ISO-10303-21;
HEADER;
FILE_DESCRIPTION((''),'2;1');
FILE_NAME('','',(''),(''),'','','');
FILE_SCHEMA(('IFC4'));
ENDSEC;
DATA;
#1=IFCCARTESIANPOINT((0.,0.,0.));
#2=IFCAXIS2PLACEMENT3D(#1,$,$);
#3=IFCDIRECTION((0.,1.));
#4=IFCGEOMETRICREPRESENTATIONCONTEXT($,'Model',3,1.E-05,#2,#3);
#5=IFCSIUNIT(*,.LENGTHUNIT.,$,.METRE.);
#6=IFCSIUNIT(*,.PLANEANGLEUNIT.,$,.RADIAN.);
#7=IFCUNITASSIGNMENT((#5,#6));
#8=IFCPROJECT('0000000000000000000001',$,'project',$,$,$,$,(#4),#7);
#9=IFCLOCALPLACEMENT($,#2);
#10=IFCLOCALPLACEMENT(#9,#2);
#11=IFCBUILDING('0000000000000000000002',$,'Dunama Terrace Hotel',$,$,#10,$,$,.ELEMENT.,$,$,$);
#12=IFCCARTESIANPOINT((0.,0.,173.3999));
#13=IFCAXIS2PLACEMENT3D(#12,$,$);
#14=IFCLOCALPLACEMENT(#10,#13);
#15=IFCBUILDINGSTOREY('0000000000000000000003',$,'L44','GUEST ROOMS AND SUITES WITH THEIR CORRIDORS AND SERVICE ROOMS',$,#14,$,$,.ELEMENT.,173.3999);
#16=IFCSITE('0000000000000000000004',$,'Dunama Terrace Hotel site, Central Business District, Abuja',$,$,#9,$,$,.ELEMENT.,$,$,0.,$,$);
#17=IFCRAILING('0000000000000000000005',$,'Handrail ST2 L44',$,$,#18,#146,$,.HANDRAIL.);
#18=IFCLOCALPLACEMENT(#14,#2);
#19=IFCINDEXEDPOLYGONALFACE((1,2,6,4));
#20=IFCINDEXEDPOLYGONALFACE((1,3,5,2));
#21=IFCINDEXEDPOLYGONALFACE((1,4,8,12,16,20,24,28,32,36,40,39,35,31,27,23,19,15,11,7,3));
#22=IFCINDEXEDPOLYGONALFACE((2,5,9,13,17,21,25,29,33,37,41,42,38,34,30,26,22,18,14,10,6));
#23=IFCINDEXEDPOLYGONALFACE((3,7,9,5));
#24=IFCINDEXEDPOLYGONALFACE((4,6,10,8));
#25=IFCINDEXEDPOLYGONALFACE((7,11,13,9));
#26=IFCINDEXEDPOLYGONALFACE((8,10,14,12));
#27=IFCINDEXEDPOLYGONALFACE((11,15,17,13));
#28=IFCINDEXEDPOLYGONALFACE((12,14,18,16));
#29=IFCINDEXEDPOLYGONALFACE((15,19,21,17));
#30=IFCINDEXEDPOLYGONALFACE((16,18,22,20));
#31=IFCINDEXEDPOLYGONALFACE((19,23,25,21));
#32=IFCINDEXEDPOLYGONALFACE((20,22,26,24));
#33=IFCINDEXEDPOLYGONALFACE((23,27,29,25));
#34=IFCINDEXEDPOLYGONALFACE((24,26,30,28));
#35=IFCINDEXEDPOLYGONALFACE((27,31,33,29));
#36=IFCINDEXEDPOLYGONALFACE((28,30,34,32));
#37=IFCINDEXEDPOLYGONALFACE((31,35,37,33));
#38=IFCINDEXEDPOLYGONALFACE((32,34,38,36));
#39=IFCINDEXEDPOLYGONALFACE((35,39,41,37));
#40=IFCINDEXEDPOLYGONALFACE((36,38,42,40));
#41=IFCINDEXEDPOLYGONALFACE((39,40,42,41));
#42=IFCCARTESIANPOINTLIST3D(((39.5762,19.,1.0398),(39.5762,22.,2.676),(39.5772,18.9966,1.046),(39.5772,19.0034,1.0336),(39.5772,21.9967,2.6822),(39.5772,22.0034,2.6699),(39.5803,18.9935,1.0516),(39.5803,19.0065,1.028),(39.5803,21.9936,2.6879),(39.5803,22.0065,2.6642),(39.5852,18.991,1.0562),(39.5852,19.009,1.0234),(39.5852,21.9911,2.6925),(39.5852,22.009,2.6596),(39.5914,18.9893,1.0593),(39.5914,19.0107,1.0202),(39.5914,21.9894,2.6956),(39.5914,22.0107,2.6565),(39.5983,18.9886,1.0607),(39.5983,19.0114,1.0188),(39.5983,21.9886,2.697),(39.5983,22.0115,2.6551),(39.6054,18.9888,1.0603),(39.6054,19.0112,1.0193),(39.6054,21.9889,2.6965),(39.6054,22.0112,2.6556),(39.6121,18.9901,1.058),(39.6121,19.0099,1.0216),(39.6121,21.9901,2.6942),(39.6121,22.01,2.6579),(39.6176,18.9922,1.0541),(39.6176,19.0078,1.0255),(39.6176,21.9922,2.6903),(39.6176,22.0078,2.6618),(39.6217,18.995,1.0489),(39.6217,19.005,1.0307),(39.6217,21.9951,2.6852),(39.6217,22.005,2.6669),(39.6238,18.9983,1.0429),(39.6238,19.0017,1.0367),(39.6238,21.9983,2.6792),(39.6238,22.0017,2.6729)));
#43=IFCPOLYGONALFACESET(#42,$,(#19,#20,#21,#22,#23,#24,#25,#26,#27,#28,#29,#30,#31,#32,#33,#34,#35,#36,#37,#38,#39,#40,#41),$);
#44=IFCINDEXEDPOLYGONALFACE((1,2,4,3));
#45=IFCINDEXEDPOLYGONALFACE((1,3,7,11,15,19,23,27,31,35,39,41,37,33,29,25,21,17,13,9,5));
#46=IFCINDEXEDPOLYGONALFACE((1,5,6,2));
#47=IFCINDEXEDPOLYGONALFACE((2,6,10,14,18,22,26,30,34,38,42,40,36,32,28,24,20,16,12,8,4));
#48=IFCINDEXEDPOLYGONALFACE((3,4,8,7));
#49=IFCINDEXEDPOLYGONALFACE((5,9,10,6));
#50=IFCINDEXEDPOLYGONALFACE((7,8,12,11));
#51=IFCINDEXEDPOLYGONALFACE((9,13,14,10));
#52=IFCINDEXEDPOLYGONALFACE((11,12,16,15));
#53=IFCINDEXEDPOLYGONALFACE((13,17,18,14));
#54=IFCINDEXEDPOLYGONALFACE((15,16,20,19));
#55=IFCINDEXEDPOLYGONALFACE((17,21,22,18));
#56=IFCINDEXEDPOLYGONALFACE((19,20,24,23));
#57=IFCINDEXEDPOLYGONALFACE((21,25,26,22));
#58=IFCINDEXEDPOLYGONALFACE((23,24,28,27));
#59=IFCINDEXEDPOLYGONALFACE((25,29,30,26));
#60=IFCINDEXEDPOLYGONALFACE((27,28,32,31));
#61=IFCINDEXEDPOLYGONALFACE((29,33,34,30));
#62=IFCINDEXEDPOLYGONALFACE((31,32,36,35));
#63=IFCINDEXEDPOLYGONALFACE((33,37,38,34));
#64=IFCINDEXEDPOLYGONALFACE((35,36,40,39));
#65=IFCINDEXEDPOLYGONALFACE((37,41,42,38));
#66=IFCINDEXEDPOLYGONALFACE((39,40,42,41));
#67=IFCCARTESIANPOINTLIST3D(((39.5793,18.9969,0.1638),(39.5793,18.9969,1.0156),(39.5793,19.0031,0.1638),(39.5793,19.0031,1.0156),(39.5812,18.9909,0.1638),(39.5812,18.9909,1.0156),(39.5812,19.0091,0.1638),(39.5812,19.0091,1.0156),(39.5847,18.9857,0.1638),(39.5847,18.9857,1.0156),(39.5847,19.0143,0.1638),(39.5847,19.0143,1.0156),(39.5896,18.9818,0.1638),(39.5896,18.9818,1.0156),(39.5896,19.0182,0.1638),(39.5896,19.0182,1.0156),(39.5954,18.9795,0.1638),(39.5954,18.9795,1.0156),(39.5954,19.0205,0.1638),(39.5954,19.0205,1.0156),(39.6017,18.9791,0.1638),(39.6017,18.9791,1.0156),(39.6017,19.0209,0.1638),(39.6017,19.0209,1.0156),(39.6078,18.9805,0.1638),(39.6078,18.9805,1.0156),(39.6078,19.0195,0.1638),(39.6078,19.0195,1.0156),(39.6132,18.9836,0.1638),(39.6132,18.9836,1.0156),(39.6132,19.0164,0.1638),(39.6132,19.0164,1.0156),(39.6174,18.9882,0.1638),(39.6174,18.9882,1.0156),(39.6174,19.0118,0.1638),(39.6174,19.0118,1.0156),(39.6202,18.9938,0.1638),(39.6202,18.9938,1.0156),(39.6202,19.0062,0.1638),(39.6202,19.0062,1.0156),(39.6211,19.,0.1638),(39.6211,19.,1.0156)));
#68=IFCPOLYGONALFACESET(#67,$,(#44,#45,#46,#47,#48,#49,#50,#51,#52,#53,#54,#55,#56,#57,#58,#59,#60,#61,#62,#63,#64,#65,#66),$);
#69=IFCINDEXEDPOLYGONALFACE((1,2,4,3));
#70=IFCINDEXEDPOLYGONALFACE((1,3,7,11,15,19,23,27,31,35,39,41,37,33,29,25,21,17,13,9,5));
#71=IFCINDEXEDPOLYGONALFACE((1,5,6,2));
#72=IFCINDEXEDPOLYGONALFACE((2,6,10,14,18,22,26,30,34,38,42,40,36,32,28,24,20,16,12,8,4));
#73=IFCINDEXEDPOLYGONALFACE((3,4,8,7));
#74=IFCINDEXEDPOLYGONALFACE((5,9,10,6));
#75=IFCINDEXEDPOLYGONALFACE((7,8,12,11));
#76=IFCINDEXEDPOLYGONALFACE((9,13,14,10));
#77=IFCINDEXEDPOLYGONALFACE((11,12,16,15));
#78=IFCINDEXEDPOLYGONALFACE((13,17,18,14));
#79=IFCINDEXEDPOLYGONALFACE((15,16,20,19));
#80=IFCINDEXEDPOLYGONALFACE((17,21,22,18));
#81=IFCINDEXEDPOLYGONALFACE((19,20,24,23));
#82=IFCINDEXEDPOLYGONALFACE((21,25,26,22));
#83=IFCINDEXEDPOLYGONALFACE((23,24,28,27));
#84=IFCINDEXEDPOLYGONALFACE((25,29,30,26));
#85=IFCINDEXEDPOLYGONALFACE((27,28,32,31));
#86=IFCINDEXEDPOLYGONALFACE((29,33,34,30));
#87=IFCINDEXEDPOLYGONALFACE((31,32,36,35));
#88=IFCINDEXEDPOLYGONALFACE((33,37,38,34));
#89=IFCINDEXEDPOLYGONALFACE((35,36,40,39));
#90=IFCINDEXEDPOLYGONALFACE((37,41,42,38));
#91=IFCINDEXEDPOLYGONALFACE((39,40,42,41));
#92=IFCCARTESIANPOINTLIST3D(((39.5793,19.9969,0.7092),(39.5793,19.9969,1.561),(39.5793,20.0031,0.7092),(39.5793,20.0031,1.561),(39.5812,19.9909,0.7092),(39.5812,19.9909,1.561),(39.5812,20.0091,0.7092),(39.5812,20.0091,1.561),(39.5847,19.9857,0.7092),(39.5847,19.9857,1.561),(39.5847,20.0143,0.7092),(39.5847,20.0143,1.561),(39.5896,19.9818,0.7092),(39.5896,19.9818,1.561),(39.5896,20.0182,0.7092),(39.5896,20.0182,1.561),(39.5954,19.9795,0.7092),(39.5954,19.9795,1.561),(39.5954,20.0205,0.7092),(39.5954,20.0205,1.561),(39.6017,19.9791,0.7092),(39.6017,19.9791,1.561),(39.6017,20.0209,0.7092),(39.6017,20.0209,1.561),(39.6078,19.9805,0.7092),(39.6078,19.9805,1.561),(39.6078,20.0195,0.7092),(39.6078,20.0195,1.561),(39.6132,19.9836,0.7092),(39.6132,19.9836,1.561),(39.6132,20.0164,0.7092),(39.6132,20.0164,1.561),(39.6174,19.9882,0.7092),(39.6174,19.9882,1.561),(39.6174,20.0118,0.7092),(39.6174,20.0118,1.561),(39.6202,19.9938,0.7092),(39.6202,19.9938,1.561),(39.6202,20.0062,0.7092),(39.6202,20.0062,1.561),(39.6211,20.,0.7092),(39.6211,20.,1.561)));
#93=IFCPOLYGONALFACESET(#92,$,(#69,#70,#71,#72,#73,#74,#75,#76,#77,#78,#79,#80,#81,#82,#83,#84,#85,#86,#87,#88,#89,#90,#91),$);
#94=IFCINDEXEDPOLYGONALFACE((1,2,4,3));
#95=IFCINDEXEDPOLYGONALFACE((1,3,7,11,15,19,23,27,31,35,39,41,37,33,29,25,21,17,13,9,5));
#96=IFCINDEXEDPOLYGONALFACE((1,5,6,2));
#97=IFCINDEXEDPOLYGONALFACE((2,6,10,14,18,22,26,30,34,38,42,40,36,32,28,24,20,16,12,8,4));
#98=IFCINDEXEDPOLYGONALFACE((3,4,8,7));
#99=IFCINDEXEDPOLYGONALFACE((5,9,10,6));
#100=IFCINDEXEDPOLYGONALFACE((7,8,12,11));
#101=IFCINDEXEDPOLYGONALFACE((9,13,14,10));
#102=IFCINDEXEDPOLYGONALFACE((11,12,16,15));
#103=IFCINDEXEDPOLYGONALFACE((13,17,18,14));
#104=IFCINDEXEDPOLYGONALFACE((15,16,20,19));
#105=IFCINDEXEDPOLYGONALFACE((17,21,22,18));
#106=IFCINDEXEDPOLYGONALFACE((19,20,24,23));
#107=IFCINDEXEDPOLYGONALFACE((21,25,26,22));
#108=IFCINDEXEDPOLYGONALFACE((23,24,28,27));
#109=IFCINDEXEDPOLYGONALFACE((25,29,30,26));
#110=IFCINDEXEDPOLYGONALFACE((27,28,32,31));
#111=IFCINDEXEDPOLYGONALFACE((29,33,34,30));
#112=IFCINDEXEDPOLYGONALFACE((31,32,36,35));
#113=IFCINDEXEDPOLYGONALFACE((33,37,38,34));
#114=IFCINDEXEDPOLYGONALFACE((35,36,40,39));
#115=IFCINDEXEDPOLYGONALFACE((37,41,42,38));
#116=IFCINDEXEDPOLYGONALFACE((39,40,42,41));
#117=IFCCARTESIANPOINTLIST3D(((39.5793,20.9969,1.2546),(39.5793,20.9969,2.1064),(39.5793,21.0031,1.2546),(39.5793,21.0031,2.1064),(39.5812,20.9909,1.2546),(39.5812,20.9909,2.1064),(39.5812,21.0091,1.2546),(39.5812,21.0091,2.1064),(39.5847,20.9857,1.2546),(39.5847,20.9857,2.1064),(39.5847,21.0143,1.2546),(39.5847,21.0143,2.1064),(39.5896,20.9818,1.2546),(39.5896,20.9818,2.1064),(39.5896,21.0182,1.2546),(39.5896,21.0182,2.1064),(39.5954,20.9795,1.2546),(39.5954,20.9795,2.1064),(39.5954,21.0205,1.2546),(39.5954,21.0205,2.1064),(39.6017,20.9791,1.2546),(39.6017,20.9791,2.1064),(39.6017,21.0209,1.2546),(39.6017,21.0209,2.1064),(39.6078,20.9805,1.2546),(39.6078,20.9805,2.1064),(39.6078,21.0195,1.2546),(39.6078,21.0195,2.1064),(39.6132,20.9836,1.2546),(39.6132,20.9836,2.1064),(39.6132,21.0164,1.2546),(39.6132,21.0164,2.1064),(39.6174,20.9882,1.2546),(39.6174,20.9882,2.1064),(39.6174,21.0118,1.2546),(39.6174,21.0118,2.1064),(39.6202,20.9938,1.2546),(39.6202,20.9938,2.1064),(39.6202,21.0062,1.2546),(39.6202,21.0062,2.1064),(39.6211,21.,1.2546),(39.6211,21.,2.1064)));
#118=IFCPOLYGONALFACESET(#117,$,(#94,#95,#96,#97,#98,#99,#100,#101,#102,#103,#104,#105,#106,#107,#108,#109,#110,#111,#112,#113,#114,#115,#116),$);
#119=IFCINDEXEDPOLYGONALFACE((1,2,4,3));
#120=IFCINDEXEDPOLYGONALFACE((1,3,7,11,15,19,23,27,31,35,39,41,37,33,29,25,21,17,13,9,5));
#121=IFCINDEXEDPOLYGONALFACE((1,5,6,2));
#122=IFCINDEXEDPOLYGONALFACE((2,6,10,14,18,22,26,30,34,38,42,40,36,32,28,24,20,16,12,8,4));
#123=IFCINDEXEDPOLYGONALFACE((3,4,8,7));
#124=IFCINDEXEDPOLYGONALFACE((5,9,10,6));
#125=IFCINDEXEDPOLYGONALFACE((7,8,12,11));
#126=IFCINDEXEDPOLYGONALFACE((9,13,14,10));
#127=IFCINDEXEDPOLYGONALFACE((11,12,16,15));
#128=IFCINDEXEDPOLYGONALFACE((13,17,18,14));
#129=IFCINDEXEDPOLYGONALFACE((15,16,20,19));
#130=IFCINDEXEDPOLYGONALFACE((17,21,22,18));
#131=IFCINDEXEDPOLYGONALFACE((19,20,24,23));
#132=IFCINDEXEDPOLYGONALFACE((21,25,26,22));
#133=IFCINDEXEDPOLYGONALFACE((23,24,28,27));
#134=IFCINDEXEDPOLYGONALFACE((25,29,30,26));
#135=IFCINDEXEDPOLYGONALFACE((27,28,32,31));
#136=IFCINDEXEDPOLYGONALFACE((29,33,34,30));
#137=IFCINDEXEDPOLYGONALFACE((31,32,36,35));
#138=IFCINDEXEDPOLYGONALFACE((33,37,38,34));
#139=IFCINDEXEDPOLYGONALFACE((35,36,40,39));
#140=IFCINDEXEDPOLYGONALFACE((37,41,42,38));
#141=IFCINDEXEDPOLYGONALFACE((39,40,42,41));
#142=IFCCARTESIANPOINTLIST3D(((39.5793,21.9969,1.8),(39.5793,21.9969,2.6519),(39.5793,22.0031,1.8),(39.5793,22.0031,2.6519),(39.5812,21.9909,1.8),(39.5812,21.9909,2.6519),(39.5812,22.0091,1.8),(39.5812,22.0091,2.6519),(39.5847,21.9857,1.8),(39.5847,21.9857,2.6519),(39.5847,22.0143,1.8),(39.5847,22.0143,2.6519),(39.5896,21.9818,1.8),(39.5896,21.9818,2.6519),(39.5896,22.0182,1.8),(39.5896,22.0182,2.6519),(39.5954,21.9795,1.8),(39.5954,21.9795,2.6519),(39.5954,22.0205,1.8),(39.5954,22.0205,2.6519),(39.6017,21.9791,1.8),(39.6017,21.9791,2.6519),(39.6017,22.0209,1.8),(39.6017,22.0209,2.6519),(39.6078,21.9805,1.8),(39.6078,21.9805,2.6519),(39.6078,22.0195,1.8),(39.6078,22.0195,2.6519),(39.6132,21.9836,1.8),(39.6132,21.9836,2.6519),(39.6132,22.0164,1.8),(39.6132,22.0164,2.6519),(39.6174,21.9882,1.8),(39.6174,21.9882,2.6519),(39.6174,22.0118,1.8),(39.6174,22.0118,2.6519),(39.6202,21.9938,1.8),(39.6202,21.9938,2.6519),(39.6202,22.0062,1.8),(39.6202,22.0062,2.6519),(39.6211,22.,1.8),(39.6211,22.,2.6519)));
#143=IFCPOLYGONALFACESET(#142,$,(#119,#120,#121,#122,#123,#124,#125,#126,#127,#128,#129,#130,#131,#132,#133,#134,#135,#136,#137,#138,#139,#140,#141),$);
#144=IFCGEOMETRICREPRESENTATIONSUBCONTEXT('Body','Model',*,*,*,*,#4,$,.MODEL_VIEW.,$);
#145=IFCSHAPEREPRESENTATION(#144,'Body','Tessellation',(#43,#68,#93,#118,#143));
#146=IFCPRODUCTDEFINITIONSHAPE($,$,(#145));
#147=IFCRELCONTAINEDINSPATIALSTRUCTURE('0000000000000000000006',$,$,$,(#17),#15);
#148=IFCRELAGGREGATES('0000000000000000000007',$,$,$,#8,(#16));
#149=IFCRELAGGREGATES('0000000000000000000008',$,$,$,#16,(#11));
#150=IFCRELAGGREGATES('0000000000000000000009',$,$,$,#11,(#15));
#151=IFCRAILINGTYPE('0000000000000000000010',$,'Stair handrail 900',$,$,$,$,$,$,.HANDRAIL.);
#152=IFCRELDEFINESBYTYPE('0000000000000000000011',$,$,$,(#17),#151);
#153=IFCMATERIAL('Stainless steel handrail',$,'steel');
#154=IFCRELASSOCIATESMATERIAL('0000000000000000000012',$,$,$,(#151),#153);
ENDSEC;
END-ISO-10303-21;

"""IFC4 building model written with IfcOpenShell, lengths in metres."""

from ifc_helpers import new_model, si_unit, direction, frame, origin, origin_2d, place, context, subcontext, project, spatial, circle, extrude, material, type_object, element, save


model = new_model("IFC4")

# Units and contexts
model_context = context("Model", 3, precision=1e-05, world=origin(), true_north=direction((0.0, 1.0)))
body_context = subcontext(model_context, "Body", "Model", "MODEL_VIEW")
ifc_project = project(units=[si_unit("LENGTHUNIT", "METRE"), si_unit("PLANEANGLEUNIT", "RADIAN")], contexts=[model_context])

# Site, building, storey
site_placement = place(None, origin())
site = spatial("IfcSite", under=ifc_project, at=site_placement, Name="Dunama Terrace Hotel site, Central Business District, Abuja", CompositionType="ELEMENT", RefElevation=0.0)
building_placement = place(site_placement, origin())
building = spatial("IfcBuilding", under=site, at=building_placement, Name="Dunama Terrace Hotel", CompositionType="ELEMENT")
storey_placement = place(building_placement, frame((0.0, 0.0, 173.3999)))
storey = spatial("IfcBuildingStorey", under=building, at=storey_placement, Name="L44", Description="GUEST ROOMS AND SUITES WITH THEIR CORRIDORS AND SERVICE ROOMS", CompositionType="ELEMENT", Elevation=173.3999)

# Railing
ifc_material_1 = material(Name="Stainless steel handrail", Category="steel")
railing_type_1 = type_object("IfcRailingType", Name="Stair handrail 900", PredefinedType="HANDRAIL", material=ifc_material_1)
railing_1_placement = place(storey_placement, frame((39.6001, 19.0, 0.1638)))
element("IfcRailing", 1, at=railing_1_placement, inside=storey, type_object=railing_type_1, Name="Handrail ST2 L44", PredefinedType="HANDRAIL", context=body_context, shape_type="SweptSolid", body=[
    extrude(circle(Radius=0.0239, at=origin_2d()), frame((0.0, 0.0, 0.876), z_axis=(0.0, 0.877912, 0.478822), x_axis=(-1.0, 0.0, 0.0)), (0.0, 0.0, 1.0), 3.4172),
    extrude(circle(Radius=0.021, at=origin_2d()), origin(), (0.0, 0.0, 1.0), 0.8518),
    extrude(circle(Radius=0.021, at=origin_2d()), frame((0.0, 1.0, 0.5454)), (0.0, 0.0, 1.0), 0.8518),
    extrude(circle(Radius=0.021, at=origin_2d()), frame((0.0, 2.0, 1.0908)), (0.0, 0.0, 1.0), 0.8518),
    extrude(circle(Radius=0.021, at=origin_2d()), frame((0.0, 3.0, 1.6362)), (0.0, 0.0, 1.0), 0.8518),
])

save(model, "model.ifc")
